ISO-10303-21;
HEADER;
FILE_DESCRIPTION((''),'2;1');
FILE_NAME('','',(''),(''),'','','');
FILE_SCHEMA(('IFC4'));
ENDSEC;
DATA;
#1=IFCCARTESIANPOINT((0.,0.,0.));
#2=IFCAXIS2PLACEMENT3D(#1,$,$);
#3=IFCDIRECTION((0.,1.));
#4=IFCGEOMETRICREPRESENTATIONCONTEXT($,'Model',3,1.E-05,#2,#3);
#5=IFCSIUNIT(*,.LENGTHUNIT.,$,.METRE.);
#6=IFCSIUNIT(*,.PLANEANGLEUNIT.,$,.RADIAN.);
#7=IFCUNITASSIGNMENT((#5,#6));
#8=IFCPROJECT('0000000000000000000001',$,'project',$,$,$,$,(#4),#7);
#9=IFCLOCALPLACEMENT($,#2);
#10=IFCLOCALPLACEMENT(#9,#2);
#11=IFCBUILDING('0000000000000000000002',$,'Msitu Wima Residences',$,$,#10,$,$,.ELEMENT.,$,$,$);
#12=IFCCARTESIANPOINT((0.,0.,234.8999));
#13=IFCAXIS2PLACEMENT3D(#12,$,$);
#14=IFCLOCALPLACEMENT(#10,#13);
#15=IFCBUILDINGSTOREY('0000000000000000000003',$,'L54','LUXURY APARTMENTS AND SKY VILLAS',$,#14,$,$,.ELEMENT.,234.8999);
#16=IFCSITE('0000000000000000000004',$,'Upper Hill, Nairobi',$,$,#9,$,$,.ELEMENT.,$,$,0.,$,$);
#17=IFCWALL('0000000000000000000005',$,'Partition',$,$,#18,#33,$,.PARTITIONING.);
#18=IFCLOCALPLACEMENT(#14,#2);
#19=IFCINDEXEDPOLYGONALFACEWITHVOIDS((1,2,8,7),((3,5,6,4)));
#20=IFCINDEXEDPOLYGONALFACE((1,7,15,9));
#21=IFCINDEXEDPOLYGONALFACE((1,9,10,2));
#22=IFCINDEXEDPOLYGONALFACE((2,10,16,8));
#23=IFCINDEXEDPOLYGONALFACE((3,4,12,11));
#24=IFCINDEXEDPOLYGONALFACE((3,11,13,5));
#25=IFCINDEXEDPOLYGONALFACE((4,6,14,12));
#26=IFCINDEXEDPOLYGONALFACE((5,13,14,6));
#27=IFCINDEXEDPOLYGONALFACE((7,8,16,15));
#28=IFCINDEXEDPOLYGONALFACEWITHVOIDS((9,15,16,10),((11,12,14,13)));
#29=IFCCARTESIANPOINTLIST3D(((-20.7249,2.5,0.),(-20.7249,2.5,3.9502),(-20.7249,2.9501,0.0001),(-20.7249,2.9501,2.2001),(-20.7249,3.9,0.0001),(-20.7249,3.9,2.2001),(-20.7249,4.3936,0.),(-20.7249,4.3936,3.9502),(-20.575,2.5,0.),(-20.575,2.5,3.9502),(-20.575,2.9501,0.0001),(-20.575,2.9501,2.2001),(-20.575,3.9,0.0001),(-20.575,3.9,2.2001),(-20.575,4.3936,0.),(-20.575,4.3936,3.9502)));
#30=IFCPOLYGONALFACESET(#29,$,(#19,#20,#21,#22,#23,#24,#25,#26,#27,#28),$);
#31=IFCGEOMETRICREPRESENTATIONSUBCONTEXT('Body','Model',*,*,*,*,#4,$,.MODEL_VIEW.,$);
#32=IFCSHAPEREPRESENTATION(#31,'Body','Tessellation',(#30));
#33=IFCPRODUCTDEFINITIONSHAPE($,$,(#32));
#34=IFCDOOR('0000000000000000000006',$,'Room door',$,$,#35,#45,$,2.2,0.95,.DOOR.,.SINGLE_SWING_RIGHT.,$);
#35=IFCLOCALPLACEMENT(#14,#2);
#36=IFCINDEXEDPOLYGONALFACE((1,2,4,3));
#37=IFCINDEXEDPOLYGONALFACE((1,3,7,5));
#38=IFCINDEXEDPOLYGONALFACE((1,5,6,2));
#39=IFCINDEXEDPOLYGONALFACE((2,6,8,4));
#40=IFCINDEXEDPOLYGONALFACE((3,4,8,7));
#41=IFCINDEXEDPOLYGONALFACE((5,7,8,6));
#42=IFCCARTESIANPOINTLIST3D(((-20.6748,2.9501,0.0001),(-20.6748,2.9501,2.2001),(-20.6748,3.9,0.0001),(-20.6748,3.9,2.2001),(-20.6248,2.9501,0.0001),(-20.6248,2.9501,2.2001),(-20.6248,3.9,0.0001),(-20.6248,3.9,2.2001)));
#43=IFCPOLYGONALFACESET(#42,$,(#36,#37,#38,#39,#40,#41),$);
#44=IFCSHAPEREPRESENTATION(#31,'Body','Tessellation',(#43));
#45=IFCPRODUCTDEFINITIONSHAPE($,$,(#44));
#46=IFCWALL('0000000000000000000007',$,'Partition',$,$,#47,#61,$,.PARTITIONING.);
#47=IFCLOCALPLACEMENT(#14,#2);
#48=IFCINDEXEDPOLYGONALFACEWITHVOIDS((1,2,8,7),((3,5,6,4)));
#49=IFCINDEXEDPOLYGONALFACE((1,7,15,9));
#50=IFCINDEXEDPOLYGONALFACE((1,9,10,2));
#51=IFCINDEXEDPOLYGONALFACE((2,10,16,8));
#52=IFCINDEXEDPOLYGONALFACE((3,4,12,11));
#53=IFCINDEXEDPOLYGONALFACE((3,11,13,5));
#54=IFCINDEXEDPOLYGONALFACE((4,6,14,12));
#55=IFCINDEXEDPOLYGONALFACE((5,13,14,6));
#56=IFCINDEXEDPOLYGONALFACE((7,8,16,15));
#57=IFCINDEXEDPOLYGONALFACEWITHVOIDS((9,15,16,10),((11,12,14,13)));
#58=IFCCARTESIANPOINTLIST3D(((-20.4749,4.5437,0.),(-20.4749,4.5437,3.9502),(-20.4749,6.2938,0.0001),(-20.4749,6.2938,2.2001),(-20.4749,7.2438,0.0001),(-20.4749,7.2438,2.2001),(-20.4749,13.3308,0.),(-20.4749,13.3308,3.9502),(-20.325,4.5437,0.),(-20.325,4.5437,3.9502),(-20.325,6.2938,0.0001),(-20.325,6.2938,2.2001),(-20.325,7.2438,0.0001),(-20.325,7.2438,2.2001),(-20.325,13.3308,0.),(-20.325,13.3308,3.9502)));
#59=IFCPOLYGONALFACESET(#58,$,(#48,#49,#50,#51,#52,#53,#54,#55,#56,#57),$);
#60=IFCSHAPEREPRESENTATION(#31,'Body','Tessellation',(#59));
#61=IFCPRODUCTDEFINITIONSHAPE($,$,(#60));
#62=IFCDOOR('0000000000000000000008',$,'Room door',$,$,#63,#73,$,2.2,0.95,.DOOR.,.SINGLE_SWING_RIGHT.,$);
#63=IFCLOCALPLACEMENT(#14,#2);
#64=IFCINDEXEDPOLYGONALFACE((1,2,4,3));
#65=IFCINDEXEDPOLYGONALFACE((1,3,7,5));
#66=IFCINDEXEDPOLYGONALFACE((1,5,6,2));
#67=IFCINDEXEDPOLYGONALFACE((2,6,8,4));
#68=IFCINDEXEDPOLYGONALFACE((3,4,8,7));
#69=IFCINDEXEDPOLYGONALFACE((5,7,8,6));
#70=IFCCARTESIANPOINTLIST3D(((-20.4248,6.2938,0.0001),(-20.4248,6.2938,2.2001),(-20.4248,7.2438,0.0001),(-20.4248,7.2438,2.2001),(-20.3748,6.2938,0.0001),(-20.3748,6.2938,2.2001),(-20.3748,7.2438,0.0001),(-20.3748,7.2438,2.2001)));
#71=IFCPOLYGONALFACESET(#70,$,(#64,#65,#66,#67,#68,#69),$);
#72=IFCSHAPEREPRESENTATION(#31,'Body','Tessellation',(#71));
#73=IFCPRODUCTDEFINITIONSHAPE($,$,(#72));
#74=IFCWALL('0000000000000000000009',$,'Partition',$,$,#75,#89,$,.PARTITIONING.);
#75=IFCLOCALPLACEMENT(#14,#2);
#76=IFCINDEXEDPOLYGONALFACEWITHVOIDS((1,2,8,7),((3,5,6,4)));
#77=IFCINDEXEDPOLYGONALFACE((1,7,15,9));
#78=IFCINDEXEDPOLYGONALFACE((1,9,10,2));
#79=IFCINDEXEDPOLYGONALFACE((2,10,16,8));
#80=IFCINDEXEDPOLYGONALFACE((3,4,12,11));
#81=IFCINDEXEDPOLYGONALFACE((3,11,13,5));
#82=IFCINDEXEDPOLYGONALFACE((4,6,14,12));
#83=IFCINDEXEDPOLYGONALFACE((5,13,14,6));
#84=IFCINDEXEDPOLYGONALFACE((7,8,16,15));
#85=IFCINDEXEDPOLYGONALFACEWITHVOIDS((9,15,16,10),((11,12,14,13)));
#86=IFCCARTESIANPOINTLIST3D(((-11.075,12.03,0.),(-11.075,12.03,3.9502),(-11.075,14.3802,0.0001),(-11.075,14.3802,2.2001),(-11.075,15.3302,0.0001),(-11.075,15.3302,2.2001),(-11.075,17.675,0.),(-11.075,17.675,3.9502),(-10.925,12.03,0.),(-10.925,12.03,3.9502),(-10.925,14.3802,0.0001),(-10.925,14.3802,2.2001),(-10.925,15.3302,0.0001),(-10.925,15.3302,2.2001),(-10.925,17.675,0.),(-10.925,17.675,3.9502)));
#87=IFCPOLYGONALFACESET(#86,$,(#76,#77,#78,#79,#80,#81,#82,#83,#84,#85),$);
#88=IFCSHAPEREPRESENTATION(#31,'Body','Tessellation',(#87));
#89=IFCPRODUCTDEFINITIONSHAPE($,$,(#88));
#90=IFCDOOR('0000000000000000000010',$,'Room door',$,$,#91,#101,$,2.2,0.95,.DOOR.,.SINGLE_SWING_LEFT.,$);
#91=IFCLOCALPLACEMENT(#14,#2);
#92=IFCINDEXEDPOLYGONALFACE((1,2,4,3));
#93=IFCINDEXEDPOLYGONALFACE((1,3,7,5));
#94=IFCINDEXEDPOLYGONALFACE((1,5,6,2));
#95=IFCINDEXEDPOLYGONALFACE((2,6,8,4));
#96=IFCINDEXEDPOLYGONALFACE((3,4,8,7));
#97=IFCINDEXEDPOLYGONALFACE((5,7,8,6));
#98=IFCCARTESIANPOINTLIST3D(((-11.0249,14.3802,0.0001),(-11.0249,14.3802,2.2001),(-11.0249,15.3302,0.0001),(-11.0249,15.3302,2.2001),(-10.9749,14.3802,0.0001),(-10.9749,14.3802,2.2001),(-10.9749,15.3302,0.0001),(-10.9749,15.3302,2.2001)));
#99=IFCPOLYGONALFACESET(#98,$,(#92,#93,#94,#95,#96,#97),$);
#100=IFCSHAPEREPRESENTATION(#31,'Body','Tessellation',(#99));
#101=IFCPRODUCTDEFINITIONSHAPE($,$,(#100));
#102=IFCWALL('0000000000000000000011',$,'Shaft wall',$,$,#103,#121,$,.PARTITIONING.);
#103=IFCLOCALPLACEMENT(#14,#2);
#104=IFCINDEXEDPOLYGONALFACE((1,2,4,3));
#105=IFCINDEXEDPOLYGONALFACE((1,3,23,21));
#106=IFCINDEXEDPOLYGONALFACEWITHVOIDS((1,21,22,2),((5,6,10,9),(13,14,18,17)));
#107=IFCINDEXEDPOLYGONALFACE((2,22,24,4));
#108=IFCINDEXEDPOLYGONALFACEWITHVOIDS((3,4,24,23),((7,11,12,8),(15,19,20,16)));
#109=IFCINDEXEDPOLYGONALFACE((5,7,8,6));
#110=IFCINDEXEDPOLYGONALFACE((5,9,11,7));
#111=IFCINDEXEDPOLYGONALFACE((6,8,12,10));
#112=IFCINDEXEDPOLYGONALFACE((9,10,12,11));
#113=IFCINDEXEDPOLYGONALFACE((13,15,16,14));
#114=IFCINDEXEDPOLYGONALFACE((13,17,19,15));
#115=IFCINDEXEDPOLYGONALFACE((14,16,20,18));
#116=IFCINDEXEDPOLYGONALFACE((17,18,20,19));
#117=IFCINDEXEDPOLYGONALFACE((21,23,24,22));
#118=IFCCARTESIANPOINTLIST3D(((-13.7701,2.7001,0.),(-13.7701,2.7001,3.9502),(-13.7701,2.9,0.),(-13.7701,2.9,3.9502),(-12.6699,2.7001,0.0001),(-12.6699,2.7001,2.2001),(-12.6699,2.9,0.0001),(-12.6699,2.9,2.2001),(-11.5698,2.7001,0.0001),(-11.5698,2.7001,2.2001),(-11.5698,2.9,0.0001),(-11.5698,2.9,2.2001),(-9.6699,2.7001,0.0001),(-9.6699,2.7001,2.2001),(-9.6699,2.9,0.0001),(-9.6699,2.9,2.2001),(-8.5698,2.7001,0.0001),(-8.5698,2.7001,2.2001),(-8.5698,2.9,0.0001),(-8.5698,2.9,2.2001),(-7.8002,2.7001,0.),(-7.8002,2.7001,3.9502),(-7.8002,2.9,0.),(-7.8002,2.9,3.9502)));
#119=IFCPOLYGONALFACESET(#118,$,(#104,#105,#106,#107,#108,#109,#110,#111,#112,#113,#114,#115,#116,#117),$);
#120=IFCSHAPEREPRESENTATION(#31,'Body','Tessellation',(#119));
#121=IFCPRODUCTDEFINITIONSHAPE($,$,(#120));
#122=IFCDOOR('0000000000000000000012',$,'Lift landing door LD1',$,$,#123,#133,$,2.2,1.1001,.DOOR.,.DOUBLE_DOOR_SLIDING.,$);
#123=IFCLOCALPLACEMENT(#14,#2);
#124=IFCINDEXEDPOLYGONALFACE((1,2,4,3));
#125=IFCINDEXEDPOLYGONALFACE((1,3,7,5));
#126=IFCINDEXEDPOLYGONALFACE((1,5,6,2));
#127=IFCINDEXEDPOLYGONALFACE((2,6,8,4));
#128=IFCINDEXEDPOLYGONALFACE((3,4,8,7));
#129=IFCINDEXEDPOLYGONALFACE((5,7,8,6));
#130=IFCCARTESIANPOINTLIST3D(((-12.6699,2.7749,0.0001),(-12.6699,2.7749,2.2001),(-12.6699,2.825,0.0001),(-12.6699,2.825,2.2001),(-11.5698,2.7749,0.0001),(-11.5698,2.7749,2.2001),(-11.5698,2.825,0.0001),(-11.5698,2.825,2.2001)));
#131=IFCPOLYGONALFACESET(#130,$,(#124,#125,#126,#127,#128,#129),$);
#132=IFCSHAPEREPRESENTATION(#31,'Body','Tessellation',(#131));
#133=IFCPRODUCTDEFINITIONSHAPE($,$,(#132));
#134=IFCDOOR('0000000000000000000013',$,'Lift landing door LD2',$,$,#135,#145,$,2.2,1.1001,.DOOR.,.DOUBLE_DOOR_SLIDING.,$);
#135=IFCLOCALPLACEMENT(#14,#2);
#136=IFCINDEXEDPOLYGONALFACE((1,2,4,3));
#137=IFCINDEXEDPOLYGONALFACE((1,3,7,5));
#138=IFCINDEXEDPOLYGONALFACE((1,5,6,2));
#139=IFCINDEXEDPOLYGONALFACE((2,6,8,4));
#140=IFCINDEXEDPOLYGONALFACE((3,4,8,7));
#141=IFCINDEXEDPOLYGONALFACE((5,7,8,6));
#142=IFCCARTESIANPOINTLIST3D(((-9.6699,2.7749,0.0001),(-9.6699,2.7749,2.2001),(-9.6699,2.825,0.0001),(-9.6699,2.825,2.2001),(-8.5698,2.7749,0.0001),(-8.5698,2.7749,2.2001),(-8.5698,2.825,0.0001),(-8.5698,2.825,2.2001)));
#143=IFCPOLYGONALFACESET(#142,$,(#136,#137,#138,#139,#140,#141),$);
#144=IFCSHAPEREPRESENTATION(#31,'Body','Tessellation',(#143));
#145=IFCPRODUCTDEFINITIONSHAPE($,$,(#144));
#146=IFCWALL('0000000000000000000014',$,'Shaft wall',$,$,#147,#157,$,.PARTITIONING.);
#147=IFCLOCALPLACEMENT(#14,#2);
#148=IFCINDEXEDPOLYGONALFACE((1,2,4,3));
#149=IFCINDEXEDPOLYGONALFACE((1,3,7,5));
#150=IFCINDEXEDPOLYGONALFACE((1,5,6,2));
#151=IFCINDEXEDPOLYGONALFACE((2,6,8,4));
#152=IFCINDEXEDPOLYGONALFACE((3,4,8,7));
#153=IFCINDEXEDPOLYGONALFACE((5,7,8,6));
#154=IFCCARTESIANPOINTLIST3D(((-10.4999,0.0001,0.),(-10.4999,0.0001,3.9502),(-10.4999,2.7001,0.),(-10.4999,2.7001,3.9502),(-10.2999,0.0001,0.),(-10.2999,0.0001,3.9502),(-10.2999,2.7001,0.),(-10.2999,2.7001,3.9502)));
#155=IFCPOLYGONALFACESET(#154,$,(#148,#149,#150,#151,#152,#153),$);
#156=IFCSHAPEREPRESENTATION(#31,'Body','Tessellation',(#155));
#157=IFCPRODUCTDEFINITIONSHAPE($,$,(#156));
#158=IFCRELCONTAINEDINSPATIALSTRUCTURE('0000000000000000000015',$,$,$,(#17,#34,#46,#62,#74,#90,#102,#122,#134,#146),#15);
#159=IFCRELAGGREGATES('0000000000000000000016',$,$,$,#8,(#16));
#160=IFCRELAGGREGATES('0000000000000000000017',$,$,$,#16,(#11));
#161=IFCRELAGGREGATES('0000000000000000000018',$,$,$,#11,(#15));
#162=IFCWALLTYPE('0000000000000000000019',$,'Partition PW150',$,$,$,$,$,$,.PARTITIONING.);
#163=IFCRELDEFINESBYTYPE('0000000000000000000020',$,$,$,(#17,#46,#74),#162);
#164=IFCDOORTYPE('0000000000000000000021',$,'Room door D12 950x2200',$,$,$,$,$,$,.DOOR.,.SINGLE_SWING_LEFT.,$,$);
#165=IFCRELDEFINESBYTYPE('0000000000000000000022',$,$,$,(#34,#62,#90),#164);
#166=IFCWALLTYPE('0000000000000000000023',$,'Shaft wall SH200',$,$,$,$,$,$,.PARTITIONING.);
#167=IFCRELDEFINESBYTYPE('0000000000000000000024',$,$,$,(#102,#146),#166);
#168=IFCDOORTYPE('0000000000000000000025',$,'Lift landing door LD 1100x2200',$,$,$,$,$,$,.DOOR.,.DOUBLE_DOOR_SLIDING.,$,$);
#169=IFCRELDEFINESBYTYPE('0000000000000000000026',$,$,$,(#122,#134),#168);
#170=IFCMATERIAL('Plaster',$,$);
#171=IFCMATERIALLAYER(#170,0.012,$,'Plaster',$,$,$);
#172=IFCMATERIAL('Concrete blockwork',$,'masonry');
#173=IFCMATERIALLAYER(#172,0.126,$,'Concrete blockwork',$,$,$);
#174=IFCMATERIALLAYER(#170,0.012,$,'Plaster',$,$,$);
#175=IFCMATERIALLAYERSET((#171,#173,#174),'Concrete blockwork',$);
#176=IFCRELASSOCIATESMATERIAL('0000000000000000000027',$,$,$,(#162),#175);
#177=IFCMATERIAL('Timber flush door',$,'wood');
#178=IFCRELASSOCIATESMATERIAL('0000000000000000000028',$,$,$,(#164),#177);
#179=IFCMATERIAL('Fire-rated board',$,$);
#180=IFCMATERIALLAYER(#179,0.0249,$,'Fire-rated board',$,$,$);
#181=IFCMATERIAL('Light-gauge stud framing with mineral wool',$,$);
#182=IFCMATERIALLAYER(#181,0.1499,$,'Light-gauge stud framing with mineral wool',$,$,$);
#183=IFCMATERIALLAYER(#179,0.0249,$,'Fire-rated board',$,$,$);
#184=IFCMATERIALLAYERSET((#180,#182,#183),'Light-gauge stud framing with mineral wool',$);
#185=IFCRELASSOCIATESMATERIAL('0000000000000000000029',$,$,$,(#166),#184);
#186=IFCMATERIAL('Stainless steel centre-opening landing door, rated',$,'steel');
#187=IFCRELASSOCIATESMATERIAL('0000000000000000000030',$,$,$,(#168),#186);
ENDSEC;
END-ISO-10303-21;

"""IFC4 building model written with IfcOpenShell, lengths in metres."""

from ifc_helpers import new_model, si_unit, direction, frame, frame_2d, origin, place, context, subcontext, project, spatial, rectangle, extrude, material, layer, layer_set, type_object, element, fill, save


model = new_model("IFC4")

# Units and contexts
model_context = context("Model", 3, precision=1e-05, world=origin(), true_north=direction((0.0, 1.0)))
body_context = subcontext(model_context, "Body", "Model", "MODEL_VIEW")
ifc_project = project(units=[si_unit("LENGTHUNIT", "METRE"), si_unit("PLANEANGLEUNIT", "RADIAN")], contexts=[model_context])

# Site, building, storey
site_placement = place(None, origin())
site = spatial("IfcSite", under=ifc_project, at=site_placement, Name="Upper Hill, Nairobi", CompositionType="ELEMENT", RefElevation=0.0)
building_placement = place(site_placement, origin())
building = spatial("IfcBuilding", under=site, at=building_placement, Name="Msitu Wima Residences", CompositionType="ELEMENT")
storey_placement = place(building_placement, frame((0.0, 0.0, 234.8999)))
storey = spatial("IfcBuildingStorey", under=building, at=storey_placement, Name="L54", Description="LUXURY APARTMENTS AND SKY VILLAS", CompositionType="ELEMENT", Elevation=234.8999)

# Shared definitions
ifc_material_1 = material(Name="Plaster")
ifc_material_2 = material(Name="Concrete blockwork", Category="masonry")
ifc_layer_1 = layer(ifc_material_1, 0.012, Name="Plaster")
ifc_layer_2 = layer(ifc_material_2, 0.126, Name="Concrete blockwork")
ifc_layer_3 = layer(ifc_material_1, 0.012, Name="Plaster")
ifc_layer_set_1 = layer_set([ifc_layer_1, ifc_layer_2, ifc_layer_3], Name="Concrete blockwork")
wall_type_1 = type_object("IfcWallType", Name="Partition PW150", PredefinedType="PARTITIONING", material=ifc_layer_set_1)

# Walls, openings, doors
wall_1_placement = place(storey_placement, frame((-20.6499, 2.5, 0.0), z_axis=(0.0, 0.0, 1.0), x_axis=(0.0, 1.0, 0.0)))
wall_1 = element("IfcWall", 1, at=wall_1_placement, inside=storey, type_object=wall_type_1, Name="Partition", PredefinedType="PARTITIONING", context=body_context, shape_type="SweptSolid", body=[
    extrude(rectangle(XDim=1.8936, YDim=0.1499, at=frame_2d((0.9468, 0.0))), origin(), (0.0, 0.0, 1.0), 3.9502),
])
opening_1_placement = place(wall_1_placement, frame((0.45, 0.0, 0.0)))
opening_1 = element("IfcOpeningElement", 2, at=opening_1_placement, cuts=wall_1, PredefinedType="OPENING", context=body_context, shape_type="SweptSolid", body=[
    extrude(rectangle(XDim=0.95, YDim=2.2, at=frame_2d((0.4751, 1.1001))), frame((0.0, 0.085, 0.0), z_axis=(0.0, -1.0, 0.0), x_axis=(1.0, 0.0, 0.0)), (0.0, 0.0, 1.0), 0.1699),
])
ifc_material_3 = material(Name="Timber flush door", Category="wood")
door_type_1 = type_object("IfcDoorType", Name="Room door D12 950x2200", OperationType="SINGLE_SWING_LEFT", PredefinedType="DOOR", material=ifc_material_3)
door_1_placement = place(opening_1_placement, origin())
door_1 = element("IfcDoor", 3, at=door_1_placement, inside=storey, type_object=door_type_1, Name="Room door", OperationType="SINGLE_SWING_RIGHT", OverallHeight=2.2, OverallWidth=0.95, PredefinedType="DOOR", context=body_context, shape_type="SweptSolid", body=[
    extrude(rectangle(XDim=0.95, YDim=2.2, at=frame_2d((0.4751, 1.1001))), frame((0.0, 0.0249, 0.0), z_axis=(0.0, -1.0, 0.0), x_axis=(1.0, 0.0, 0.0)), (0.0, 0.0, 1.0), 0.05),
])
fill(opening_1, door_1)
wall_2_placement = place(storey_placement, frame((-20.3999, 4.5437, 0.0), z_axis=(0.0, 0.0, 1.0), x_axis=(0.0, 1.0, 0.0)))
wall_2 = element("IfcWall", 4, at=wall_2_placement, inside=storey, type_object=wall_type_1, Name="Partition", PredefinedType="PARTITIONING", context=body_context, shape_type="SweptSolid", body=[
    extrude(rectangle(XDim=8.7871, YDim=0.1499, at=frame_2d((4.3936, 0.0))), origin(), (0.0, 0.0, 1.0), 3.9502),
])
opening_2_placement = place(wall_2_placement, frame((1.75, 0.0, 0.0)))
opening_2 = element("IfcOpeningElement", 5, at=opening_2_placement, cuts=wall_2, PredefinedType="OPENING", context=body_context, shape_type="SweptSolid", body=[
    extrude(rectangle(XDim=0.95, YDim=2.2, at=frame_2d((0.4751, 1.1001))), frame((0.0, 0.085, 0.0), z_axis=(0.0, -1.0, 0.0), x_axis=(1.0, 0.0, 0.0)), (0.0, 0.0, 1.0), 0.1699),
])
door_2_placement = place(opening_2_placement, origin())
door_2 = element("IfcDoor", 6, at=door_2_placement, inside=storey, type_object=door_type_1, Name="Room door", OperationType="SINGLE_SWING_RIGHT", OverallHeight=2.2, OverallWidth=0.95, PredefinedType="DOOR", context=body_context, shape_type="SweptSolid", body=[
    extrude(rectangle(XDim=0.95, YDim=2.2, at=frame_2d((0.4751, 1.1001))), frame((0.0, 0.0249, 0.0), z_axis=(0.0, -1.0, 0.0), x_axis=(1.0, 0.0, 0.0)), (0.0, 0.0, 1.0), 0.05),
])
fill(opening_2, door_2)
wall_3_placement = place(storey_placement, frame((-11.0, 12.03, 0.0), z_axis=(0.0, 0.0, 1.0), x_axis=(0.0, 1.0, 0.0)))
wall_3 = element("IfcWall", 7, at=wall_3_placement, inside=storey, type_object=wall_type_1, Name="Partition", PredefinedType="PARTITIONING", context=body_context, shape_type="SweptSolid", body=[
    extrude(rectangle(XDim=5.645, YDim=0.1499, at=frame_2d((2.8225, 0.0))), origin(), (0.0, 0.0, 1.0), 3.9502),
])
opening_3_placement = place(wall_3_placement, frame((2.3501, 0.0, 0.0)))
opening_3 = element("IfcOpeningElement", 8, at=opening_3_placement, cuts=wall_3, PredefinedType="OPENING", context=body_context, shape_type="SweptSolid", body=[
    extrude(rectangle(XDim=0.95, YDim=2.2, at=frame_2d((0.4751, 1.1001))), frame((0.0, 0.085, 0.0), z_axis=(0.0, -1.0, 0.0), x_axis=(1.0, 0.0, 0.0)), (0.0, 0.0, 1.0), 0.1699),
])
door_3_placement = place(opening_3_placement, origin())
door_3 = element("IfcDoor", 9, at=door_3_placement, inside=storey, type_object=door_type_1, Name="Room door", OperationType="SINGLE_SWING_LEFT", OverallHeight=2.2, OverallWidth=0.95, PredefinedType="DOOR", context=body_context, shape_type="SweptSolid", body=[
    extrude(rectangle(XDim=0.95, YDim=2.2, at=frame_2d((0.4751, 1.1001))), frame((0.0, 0.0249, 0.0), z_axis=(0.0, -1.0, 0.0), x_axis=(1.0, 0.0, 0.0)), (0.0, 0.0, 1.0), 0.05),
])
fill(opening_3, door_3)

# Wall, openings, doors
ifc_material_4 = material(Name="Fire-rated board")
ifc_layer_4 = layer(ifc_material_4, 0.0249, Name="Fire-rated board")
ifc_material_5 = material(Name="Light-gauge stud framing with mineral wool")
ifc_layer_5 = layer(ifc_material_5, 0.1499, Name="Light-gauge stud framing with mineral wool")
ifc_layer_6 = layer(ifc_material_4, 0.0249, Name="Fire-rated board")
ifc_layer_set_2 = layer_set([ifc_layer_4, ifc_layer_5, ifc_layer_6], Name="Light-gauge stud framing with mineral wool")
wall_type_2 = type_object("IfcWallType", Name="Shaft wall SH200", PredefinedType="PARTITIONING", material=ifc_layer_set_2)
wall_4_placement = place(storey_placement, frame((-13.77, 2.8, 0.0), z_axis=(0.0, 0.0, 1.0), x_axis=(1.0, 0.0, 0.0)))
wall_4 = element("IfcWall", 10, at=wall_4_placement, inside=storey, type_object=wall_type_2, Name="Shaft wall", PredefinedType="PARTITIONING", context=body_context, shape_type="SweptSolid", body=[
    extrude(rectangle(XDim=5.97, YDim=0.2, at=frame_2d((2.9849, 0.0))), origin(), (0.0, 0.0, 1.0), 3.9502),
])
opening_4_placement = place(wall_4_placement, frame((1.1001, 0.0, 0.0)))
opening_4 = element("IfcOpeningElement", 11, at=opening_4_placement, cuts=wall_4, PredefinedType="OPENING", context=body_context, shape_type="SweptSolid", body=[
    extrude(rectangle(XDim=1.1001, YDim=2.2, at=frame_2d((0.55, 1.1001))), frame((0.0, 0.1099, 0.0), z_axis=(0.0, -1.0, 0.0), x_axis=(1.0, 0.0, 0.0)), (0.0, 0.0, 1.0), 0.22),
])
opening_5_placement = place(wall_4_placement, frame((4.1001, 0.0, 0.0)))
opening_5 = element("IfcOpeningElement", 12, at=opening_5_placement, cuts=wall_4, PredefinedType="OPENING", context=body_context, shape_type="SweptSolid", body=[
    extrude(rectangle(XDim=1.1001, YDim=2.2, at=frame_2d((0.55, 1.1001))), frame((0.0, 0.1099, 0.0), z_axis=(0.0, -1.0, 0.0), x_axis=(1.0, 0.0, 0.0)), (0.0, 0.0, 1.0), 0.22),
])
ifc_material_6 = material(Name="Stainless steel centre-opening landing door, rated", Category="steel")
door_type_2 = type_object("IfcDoorType", Name="Lift landing door LD 1100x2200", OperationType="DOUBLE_DOOR_SLIDING", PredefinedType="DOOR", material=ifc_material_6)
door_4_placement = place(opening_4_placement, origin())
door_4 = element("IfcDoor", 13, at=door_4_placement, inside=storey, type_object=door_type_2, Name="Lift landing door LD1", OperationType="DOUBLE_DOOR_SLIDING", OverallHeight=2.2, OverallWidth=1.1001, PredefinedType="DOOR", context=body_context, shape_type="SweptSolid", body=[
    extrude(rectangle(XDim=1.1001, YDim=2.2, at=frame_2d((0.55, 1.1001))), frame((0.0, 0.0249, 0.0), z_axis=(0.0, -1.0, 0.0), x_axis=(1.0, 0.0, 0.0)), (0.0, 0.0, 1.0), 0.05),
])
fill(opening_4, door_4)
door_5_placement = place(opening_5_placement, origin())
door_5 = element("IfcDoor", 14, at=door_5_placement, inside=storey, type_object=door_type_2, Name="Lift landing door LD2", OperationType="DOUBLE_DOOR_SLIDING", OverallHeight=2.2, OverallWidth=1.1001, PredefinedType="DOOR", context=body_context, shape_type="SweptSolid", body=[
    extrude(rectangle(XDim=1.1001, YDim=2.2, at=frame_2d((0.55, 1.1001))), frame((0.0, 0.0249, 0.0), z_axis=(0.0, -1.0, 0.0), x_axis=(1.0, 0.0, 0.0)), (0.0, 0.0, 1.0), 0.05),
])
fill(opening_5, door_5)

# Wall
wall_5_placement = place(storey_placement, frame((-10.3999, 0.0, 0.0), z_axis=(0.0, 0.0, 1.0), x_axis=(0.0, 1.0, 0.0)))
element("IfcWall", 15, at=wall_5_placement, inside=storey, type_object=wall_type_2, Name="Shaft wall", PredefinedType="PARTITIONING", context=body_context, shape_type="SweptSolid", body=[
    extrude(rectangle(XDim=2.7, YDim=0.2, at=frame_2d((1.3501, 0.0))), origin(), (0.0, 0.0, 1.0), 3.9502),
])

save(model, "model.ifc")
